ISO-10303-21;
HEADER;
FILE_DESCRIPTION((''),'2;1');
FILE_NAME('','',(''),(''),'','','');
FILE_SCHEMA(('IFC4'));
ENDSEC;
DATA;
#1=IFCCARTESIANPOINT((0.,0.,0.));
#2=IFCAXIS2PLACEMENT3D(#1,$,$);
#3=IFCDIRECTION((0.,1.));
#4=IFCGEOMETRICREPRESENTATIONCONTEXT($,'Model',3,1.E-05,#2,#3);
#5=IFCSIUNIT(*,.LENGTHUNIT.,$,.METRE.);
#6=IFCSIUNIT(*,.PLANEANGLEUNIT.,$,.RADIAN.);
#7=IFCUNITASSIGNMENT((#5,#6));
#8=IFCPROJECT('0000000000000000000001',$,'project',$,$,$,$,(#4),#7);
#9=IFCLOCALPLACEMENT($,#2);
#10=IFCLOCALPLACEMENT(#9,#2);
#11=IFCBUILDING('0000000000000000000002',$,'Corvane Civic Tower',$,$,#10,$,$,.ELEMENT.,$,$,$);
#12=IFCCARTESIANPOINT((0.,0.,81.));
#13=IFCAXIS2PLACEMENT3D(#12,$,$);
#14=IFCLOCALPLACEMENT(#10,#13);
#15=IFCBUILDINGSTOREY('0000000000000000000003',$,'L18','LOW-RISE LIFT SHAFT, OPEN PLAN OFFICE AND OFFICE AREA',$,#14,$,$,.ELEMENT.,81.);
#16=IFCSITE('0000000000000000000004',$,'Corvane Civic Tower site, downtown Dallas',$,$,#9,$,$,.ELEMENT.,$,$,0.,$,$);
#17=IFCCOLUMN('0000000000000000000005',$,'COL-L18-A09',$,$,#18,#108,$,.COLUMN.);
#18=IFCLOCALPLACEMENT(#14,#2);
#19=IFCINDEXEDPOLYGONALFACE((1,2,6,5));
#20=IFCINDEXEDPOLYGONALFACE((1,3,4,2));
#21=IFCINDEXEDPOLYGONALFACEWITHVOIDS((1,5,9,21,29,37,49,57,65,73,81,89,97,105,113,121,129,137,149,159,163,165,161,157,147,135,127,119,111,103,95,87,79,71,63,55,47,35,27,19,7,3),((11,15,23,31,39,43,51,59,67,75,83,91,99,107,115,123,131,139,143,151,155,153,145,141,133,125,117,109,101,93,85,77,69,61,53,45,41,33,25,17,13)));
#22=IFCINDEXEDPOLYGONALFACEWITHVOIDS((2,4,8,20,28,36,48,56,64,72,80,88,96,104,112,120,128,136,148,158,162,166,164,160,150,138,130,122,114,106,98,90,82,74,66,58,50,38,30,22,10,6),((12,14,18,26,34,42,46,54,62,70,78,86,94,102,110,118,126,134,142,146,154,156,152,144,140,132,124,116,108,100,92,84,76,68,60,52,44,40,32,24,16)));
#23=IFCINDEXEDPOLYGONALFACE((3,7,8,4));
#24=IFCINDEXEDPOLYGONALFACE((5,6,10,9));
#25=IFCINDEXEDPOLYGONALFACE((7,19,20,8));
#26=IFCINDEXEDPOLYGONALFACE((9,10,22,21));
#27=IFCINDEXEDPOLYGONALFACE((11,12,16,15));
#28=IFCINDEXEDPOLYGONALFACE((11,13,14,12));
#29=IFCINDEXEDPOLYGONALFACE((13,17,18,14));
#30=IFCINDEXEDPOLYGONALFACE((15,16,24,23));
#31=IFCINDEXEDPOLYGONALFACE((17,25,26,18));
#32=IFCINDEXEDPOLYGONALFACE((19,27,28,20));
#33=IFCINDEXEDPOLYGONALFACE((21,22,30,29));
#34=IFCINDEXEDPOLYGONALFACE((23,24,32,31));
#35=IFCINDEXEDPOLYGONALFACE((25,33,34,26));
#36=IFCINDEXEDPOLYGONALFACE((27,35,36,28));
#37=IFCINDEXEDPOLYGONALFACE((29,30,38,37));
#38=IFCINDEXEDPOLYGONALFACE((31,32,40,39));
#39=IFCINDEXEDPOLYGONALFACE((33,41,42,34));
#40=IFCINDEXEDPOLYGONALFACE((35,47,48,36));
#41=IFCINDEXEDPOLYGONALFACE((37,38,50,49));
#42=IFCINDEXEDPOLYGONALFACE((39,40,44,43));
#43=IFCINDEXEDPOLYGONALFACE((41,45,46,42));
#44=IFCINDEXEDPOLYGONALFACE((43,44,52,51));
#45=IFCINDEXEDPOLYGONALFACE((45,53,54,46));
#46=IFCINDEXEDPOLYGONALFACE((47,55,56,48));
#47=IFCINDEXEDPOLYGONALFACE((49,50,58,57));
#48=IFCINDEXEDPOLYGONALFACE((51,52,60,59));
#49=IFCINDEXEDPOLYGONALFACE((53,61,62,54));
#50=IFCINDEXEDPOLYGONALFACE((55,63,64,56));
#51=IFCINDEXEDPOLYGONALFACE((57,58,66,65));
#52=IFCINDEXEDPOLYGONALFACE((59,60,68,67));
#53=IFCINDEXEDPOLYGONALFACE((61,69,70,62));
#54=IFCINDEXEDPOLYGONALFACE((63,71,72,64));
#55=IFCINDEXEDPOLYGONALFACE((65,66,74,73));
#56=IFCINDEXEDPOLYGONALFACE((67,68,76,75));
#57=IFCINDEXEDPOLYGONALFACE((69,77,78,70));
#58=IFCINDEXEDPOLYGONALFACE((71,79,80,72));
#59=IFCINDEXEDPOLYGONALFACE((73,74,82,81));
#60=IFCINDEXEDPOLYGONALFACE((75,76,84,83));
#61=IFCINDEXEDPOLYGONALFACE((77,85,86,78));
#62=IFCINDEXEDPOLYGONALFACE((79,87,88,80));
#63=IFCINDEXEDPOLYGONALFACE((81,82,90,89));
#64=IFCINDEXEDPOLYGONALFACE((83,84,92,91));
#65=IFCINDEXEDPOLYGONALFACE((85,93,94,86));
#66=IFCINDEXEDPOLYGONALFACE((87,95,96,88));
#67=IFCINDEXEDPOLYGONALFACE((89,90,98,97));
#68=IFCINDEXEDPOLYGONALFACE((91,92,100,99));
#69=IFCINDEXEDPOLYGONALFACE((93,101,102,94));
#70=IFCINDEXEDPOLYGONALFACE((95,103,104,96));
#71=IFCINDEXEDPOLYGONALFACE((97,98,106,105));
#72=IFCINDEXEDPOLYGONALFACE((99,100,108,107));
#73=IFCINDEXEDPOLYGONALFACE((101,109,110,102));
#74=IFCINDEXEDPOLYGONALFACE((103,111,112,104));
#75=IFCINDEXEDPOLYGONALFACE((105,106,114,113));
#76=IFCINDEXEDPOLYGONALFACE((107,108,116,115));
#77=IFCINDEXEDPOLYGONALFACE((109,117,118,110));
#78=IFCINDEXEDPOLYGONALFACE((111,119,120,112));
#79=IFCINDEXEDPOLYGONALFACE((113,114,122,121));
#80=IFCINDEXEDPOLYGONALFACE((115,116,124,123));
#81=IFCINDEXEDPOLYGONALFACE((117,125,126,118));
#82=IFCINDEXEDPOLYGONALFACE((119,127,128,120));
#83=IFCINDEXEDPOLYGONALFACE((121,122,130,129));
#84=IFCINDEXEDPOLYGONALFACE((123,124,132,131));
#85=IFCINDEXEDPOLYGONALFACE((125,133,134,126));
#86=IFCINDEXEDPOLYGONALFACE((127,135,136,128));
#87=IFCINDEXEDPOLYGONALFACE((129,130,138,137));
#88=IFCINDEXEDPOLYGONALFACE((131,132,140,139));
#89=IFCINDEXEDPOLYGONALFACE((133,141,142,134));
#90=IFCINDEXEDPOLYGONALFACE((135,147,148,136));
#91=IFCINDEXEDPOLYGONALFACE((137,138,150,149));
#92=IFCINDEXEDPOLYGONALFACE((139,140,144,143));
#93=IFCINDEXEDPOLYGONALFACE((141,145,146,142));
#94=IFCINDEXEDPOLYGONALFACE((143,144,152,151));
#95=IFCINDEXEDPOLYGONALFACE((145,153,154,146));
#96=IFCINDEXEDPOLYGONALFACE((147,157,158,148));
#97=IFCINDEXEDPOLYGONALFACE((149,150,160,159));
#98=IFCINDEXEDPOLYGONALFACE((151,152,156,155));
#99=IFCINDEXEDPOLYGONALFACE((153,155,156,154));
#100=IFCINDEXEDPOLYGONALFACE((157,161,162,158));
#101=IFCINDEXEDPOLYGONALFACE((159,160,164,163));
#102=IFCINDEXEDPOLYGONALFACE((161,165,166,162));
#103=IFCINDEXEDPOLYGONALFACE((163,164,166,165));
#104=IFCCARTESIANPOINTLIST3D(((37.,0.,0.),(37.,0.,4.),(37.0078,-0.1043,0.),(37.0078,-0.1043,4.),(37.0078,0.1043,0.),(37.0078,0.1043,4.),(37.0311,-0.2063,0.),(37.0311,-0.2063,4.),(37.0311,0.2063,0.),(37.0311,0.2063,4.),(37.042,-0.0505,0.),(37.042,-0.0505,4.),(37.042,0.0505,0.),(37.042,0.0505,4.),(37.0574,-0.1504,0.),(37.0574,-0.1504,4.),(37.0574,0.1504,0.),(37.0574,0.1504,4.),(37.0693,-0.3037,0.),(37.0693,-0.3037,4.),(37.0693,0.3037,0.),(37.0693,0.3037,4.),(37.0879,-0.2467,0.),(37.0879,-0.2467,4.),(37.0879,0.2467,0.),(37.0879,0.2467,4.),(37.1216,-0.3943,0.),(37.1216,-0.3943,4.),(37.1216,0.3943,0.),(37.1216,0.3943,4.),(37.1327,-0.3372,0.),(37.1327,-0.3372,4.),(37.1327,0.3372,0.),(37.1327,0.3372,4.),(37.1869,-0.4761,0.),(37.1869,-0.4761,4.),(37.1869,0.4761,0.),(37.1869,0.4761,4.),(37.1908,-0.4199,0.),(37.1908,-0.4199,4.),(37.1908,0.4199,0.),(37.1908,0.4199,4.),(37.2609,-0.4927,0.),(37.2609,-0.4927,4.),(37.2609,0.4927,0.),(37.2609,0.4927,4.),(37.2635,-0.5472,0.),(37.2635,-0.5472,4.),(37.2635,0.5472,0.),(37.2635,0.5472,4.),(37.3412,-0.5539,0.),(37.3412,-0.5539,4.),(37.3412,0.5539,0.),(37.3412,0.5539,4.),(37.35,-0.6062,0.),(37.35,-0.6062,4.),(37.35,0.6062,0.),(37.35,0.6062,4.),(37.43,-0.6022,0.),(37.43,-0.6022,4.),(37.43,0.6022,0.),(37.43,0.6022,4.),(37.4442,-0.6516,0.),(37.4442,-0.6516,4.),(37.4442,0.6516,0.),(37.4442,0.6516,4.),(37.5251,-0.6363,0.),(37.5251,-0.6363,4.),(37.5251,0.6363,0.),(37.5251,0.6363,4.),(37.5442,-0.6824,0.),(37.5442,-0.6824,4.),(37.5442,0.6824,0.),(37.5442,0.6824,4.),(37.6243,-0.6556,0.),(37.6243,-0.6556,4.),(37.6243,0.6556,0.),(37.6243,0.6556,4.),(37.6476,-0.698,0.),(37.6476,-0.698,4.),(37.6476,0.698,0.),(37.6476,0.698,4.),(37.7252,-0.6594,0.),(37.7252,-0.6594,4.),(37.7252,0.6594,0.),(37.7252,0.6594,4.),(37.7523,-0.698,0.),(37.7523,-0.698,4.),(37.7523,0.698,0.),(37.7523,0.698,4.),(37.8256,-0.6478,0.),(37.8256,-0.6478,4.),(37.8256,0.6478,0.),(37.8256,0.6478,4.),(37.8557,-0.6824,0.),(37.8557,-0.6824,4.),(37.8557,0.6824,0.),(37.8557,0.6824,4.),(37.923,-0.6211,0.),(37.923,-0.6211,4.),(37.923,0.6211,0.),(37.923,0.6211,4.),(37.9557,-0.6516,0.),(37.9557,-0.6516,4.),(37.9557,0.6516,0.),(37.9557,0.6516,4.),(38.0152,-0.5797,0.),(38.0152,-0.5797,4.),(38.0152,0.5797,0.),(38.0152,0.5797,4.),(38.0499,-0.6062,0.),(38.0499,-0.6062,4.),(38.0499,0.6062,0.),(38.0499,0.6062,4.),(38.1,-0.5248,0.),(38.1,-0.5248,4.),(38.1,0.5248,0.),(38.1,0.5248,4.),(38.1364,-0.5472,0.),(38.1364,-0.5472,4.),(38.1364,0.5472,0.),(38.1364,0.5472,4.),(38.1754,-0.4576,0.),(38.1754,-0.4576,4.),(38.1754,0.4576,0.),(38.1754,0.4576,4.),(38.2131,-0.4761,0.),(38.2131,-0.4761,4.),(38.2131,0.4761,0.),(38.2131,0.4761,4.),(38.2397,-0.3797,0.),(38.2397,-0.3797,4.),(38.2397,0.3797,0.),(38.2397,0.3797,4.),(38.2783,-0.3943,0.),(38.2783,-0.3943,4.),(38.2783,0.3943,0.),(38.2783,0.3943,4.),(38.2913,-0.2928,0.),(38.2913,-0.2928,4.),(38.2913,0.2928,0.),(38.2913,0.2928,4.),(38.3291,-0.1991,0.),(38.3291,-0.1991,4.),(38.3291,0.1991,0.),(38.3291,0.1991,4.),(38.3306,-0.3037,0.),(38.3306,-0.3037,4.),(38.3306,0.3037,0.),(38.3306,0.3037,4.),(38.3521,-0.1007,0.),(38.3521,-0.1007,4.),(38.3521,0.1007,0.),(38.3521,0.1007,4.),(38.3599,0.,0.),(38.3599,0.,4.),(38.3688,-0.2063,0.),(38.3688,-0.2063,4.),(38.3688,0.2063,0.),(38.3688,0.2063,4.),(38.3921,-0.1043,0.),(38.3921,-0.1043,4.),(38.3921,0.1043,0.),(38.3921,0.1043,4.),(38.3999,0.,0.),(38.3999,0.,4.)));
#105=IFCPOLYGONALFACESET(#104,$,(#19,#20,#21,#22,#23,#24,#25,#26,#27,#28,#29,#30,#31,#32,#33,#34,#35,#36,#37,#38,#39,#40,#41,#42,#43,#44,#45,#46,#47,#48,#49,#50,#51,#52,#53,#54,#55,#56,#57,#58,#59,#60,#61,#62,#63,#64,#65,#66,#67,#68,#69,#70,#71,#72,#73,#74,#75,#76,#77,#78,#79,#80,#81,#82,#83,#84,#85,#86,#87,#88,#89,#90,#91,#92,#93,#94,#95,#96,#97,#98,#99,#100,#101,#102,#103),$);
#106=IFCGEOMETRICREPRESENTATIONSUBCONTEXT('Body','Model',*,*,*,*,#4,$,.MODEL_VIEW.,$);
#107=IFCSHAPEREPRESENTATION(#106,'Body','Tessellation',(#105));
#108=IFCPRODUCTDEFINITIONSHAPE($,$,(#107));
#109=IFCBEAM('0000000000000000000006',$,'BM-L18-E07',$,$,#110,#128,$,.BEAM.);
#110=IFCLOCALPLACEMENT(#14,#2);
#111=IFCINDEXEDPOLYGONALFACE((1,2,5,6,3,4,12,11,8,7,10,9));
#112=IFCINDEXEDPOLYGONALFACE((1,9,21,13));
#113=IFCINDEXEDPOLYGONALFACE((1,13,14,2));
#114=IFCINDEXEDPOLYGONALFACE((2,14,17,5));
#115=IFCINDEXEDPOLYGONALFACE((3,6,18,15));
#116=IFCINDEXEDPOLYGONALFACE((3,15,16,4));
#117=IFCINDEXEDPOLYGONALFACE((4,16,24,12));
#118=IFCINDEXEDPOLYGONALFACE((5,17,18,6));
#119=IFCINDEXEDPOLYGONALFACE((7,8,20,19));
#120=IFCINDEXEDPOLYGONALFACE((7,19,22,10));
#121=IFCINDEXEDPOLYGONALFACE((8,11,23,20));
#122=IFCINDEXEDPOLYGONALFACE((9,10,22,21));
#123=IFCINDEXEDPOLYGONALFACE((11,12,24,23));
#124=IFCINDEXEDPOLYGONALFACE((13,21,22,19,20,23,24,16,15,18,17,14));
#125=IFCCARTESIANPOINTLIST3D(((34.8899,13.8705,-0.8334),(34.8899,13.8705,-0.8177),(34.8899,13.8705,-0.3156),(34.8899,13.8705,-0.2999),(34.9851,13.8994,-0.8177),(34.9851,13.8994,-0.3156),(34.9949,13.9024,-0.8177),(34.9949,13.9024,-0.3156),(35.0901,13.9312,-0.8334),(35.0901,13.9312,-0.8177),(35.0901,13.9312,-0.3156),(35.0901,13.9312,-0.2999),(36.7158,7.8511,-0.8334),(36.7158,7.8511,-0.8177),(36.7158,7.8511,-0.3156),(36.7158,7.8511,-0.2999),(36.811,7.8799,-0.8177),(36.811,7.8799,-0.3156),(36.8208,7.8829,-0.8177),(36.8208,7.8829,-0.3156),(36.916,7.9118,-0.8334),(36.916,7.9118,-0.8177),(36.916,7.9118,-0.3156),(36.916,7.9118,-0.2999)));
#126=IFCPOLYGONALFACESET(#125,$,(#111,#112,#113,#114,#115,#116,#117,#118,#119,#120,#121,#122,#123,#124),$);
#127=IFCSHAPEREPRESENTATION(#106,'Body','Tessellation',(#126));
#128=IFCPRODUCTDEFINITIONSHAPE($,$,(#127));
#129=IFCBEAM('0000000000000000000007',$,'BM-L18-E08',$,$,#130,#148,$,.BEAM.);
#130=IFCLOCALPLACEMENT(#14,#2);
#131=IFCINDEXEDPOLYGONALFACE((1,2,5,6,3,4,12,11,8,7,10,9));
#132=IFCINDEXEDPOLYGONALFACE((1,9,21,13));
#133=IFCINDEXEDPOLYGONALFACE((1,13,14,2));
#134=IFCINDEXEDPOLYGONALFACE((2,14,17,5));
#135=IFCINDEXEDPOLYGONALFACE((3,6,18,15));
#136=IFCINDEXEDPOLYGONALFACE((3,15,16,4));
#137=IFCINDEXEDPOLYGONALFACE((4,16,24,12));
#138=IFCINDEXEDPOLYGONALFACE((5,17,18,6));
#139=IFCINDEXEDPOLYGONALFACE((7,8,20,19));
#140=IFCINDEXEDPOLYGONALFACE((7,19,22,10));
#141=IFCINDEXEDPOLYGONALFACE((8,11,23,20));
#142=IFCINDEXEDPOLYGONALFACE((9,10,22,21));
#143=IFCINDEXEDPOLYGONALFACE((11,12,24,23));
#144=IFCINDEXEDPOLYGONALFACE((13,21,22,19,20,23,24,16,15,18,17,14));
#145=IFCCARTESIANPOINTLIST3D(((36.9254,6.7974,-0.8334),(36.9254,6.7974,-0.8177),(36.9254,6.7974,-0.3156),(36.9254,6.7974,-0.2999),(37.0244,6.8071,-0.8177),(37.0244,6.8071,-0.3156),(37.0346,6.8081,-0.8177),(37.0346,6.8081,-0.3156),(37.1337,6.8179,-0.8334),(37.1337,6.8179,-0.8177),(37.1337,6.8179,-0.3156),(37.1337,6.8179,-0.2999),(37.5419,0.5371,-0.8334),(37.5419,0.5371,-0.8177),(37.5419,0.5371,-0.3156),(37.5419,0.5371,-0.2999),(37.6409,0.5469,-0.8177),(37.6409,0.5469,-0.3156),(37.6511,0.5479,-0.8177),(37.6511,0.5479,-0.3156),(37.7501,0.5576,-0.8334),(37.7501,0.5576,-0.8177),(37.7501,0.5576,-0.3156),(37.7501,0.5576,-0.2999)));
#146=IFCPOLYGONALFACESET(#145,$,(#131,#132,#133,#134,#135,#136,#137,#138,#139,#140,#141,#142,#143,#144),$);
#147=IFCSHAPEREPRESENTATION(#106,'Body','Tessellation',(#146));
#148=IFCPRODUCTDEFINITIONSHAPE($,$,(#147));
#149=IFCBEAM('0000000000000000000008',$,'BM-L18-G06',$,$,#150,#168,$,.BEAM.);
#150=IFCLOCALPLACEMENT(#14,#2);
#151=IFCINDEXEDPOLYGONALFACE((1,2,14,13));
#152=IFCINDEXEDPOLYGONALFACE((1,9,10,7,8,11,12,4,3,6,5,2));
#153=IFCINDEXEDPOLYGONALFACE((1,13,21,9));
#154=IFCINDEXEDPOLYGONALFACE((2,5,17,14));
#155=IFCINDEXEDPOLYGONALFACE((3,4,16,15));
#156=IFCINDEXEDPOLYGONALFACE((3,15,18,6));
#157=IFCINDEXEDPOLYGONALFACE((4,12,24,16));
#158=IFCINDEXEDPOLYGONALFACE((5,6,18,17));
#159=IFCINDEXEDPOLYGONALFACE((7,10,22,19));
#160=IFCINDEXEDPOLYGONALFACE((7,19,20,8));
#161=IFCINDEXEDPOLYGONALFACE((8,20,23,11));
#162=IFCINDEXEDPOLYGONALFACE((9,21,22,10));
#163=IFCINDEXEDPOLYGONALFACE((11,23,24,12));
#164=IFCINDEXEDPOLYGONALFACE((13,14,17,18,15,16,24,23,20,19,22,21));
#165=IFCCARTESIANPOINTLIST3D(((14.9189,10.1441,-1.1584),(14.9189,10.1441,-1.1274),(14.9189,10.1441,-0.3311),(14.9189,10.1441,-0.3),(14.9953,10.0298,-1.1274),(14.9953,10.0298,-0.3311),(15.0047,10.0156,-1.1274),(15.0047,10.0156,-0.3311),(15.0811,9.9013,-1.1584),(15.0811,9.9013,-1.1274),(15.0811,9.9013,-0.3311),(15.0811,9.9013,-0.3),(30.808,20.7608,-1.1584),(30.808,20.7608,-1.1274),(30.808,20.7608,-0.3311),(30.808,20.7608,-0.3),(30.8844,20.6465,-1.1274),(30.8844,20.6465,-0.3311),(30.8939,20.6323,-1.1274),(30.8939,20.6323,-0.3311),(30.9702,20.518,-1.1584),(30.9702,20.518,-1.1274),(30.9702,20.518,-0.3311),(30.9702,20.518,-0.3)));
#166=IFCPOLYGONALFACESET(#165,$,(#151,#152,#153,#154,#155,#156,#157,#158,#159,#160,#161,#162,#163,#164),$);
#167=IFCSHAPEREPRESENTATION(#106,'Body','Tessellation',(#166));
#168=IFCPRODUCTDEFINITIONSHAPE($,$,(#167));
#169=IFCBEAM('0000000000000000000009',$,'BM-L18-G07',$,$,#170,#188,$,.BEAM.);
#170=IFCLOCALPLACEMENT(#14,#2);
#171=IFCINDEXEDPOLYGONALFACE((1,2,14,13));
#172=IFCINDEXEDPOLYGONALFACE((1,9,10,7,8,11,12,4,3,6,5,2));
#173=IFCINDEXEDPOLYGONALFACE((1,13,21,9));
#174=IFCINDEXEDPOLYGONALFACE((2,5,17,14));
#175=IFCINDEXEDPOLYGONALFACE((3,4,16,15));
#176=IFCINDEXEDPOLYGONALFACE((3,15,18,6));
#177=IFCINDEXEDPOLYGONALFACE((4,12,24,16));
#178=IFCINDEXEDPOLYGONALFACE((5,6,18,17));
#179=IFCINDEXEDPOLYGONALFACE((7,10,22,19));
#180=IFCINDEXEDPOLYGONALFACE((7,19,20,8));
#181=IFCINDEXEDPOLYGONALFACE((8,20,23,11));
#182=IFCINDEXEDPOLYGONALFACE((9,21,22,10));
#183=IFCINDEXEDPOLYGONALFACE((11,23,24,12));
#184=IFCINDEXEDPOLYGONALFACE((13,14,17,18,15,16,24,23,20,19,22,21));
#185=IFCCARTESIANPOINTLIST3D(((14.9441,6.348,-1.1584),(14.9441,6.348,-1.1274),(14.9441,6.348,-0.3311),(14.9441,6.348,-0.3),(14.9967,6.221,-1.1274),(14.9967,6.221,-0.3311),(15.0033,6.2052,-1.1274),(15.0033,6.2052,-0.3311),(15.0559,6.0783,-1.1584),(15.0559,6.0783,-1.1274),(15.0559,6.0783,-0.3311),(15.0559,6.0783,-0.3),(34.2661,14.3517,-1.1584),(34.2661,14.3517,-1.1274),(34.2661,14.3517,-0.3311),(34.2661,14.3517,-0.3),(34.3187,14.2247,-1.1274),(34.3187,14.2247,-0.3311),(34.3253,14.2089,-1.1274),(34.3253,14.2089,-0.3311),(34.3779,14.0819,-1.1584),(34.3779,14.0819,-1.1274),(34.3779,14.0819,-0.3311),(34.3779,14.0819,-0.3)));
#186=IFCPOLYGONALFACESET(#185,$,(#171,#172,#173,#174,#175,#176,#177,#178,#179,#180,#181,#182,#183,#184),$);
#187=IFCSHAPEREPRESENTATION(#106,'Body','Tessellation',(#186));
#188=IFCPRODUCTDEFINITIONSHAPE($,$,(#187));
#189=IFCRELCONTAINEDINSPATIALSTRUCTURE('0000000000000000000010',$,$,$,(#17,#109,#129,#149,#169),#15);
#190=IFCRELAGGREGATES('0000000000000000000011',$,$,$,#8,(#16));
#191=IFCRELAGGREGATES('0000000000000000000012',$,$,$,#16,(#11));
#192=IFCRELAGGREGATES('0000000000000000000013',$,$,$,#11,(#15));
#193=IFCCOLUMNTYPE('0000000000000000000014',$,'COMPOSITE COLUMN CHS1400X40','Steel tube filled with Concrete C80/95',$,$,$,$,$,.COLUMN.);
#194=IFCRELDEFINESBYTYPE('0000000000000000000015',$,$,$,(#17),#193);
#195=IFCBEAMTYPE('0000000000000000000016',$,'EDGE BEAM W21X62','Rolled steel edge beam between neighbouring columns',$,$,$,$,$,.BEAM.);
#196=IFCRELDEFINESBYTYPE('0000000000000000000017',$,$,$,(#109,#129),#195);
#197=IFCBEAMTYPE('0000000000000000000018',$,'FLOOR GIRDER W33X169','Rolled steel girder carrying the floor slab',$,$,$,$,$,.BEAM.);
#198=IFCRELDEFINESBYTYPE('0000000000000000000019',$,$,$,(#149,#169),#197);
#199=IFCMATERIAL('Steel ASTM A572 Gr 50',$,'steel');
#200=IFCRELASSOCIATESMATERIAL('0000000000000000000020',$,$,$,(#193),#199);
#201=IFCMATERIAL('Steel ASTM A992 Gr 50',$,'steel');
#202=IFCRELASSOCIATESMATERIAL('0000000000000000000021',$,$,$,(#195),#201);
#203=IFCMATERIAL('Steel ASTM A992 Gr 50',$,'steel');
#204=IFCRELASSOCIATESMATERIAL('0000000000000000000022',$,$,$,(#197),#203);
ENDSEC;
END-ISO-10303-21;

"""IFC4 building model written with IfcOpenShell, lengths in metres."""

from ifc_helpers import new_model, si_unit, direction, frame, origin, origin_2d, place, context, subcontext, project, spatial, hollow_circle, i_section, extrude, material, material_profile, profile_set, type_object, element, save


model = new_model("IFC4")

# Units and contexts
model_context = context("Model", 3, precision=1e-05, world=origin(), true_north=direction((0.0, 1.0)))
body_context = subcontext(model_context, "Body", "Model", "MODEL_VIEW")
ifc_project = project(units=[si_unit("LENGTHUNIT", "METRE"), si_unit("PLANEANGLEUNIT", "RADIAN")], contexts=[model_context])

# Site, building, storey
site_placement = place(None, origin())
site = spatial("IfcSite", under=ifc_project, at=site_placement, Name="Corvane Civic Tower site, downtown Dallas", CompositionType="ELEMENT", RefElevation=0.0)
building_placement = place(site_placement, origin())
building = spatial("IfcBuilding", under=site, at=building_placement, Name="Corvane Civic Tower", CompositionType="ELEMENT")
storey_placement = place(building_placement, frame((0.0, 0.0, 81.0)))
storey = spatial("IfcBuildingStorey", under=building, at=storey_placement, Name="L18", Description="LOW-RISE LIFT SHAFT, OPEN PLAN OFFICE AND OFFICE AREA", CompositionType="ELEMENT", Elevation=81.0)

# Column
ifc_material_1 = material(Name="Steel ASTM A572 Gr 50", Category="steel")
ifc_material_profile_1 = material_profile(ifc_material_1, hollow_circle(Radius=0.7, WallThickness=0.04, at=origin_2d()), Name="CHS1400X40")
ifc_profile_set_1 = profile_set([ifc_material_profile_1], Name="Steel ASTM A572 Gr 50")
column_type = type_object("IfcColumnType", Name="COMPOSITE COLUMN CHS1400X40", Description="Steel tube filled with Concrete C80/95", PredefinedType="COLUMN", material=ifc_profile_set_1)
for number, where, z_axis, x_axis, name in (
    (1, (37.7, 0.0, 0.0), (0.0, 0.0, 1.0), (1.0, 0.0, 0.0), "COL-L18-A09"),
):
    element("IfcColumn", number, at=place(storey_placement, frame(where, z_axis=z_axis, x_axis=x_axis)), inside=storey, type_object=column_type, Name=name, PredefinedType="COLUMN", context=body_context, shape_type="SweptSolid", body=[
        extrude(hollow_circle(Radius=0.7, WallThickness=0.04, at=origin_2d()), origin(), (0.0, 0.0, 1.0), 4.0),
    ])

# Beams
ifc_material_2 = material(Name="Steel ASTM A992 Gr 50", Category="steel")
ifc_material_profile_2 = material_profile(ifc_material_2, i_section(OverallWidth=0.2092, OverallDepth=0.5334, WebThickness=0.0103, FlangeThickness=0.0156, at=origin_2d()), Name="W21X62")
ifc_profile_set_2 = profile_set([ifc_material_profile_2], Name="Steel ASTM A992 Gr 50")
beam_type_1 = type_object("IfcBeamType", Name="EDGE BEAM W21X62", Description="Rolled steel edge beam between neighbouring columns", PredefinedType="BEAM", material=ifc_profile_set_2)
beam_1_placement = place(storey_placement, frame((34.99, 13.9009, -0.5667), z_axis=(0.290273, -0.956944, 0.0), x_axis=(0.956944, 0.290273, 0.0)))
element("IfcBeam", 2, at=beam_1_placement, inside=storey, type_object=beam_type_1, Name="BM-L18-E07", PredefinedType="BEAM", context=body_context, shape_type="SweptSolid", body=[
    extrude(i_section(OverallWidth=0.2092, OverallDepth=0.5334, WebThickness=0.0103, FlangeThickness=0.0156, at=origin_2d()), origin(), (0.0, 0.0, 1.0), 6.2903),
])
beam_2_placement = place(storey_placement, frame((37.0295, 6.8076, -0.5667), z_axis=(0.097997, -0.995187, 0.0), x_axis=(0.995187, 0.097997, 0.0)))
element("IfcBeam", 3, at=beam_2_placement, inside=storey, type_object=beam_type_1, Name="BM-L18-E08", PredefinedType="BEAM", context=body_context, shape_type="SweptSolid", body=[
    extrude(i_section(OverallWidth=0.2092, OverallDepth=0.5334, WebThickness=0.0103, FlangeThickness=0.0156, at=origin_2d()), origin(), (0.0, 0.0, 1.0), 6.2905),
])
ifc_material_3 = material(Name="Steel ASTM A992 Gr 50", Category="steel")
ifc_material_profile_3 = material_profile(ifc_material_3, i_section(OverallWidth=0.292, OverallDepth=0.8584, WebThickness=0.0171, FlangeThickness=0.031, at=origin_2d()), Name="W33X169")
ifc_profile_set_3 = profile_set([ifc_material_profile_3], Name="Steel ASTM A992 Gr 50")
beam_type_2 = type_object("IfcBeamType", Name="FLOOR GIRDER W33X169", Description="Rolled steel girder carrying the floor slab", PredefinedType="BEAM", material=ifc_profile_set_3)
beam_3_placement = place(storey_placement, frame((15.0, 10.0227, -0.7292), z_axis=(0.831472, 0.555567, 0.0), x_axis=(-0.555567, 0.831472, 0.0)))
element("IfcBeam", 4, at=beam_3_placement, inside=storey, type_object=beam_type_2, Name="BM-L18-G06", PredefinedType="BEAM", context=body_context, shape_type="SweptSolid", body=[
    extrude(i_section(OverallWidth=0.292, OverallDepth=0.8584, WebThickness=0.0171, FlangeThickness=0.031, at=origin_2d()), origin(), (0.0, 0.0, 1.0), 19.1096),
])
beam_4_placement = place(storey_placement, frame((15.0, 6.2131, -0.7292), z_axis=(0.923876, 0.382692, 0.0), x_axis=(-0.382692, 0.923876, 0.0)))
element("IfcBeam", 5, at=beam_4_placement, inside=storey, type_object=beam_type_2, Name="BM-L18-G07", PredefinedType="BEAM", context=body_context, shape_type="SweptSolid", body=[
    extrude(i_section(OverallWidth=0.292, OverallDepth=0.8584, WebThickness=0.0171, FlangeThickness=0.031, at=origin_2d()), origin(), (0.0, 0.0, 1.0), 20.9141),
])

save(model, "model.ifc")
